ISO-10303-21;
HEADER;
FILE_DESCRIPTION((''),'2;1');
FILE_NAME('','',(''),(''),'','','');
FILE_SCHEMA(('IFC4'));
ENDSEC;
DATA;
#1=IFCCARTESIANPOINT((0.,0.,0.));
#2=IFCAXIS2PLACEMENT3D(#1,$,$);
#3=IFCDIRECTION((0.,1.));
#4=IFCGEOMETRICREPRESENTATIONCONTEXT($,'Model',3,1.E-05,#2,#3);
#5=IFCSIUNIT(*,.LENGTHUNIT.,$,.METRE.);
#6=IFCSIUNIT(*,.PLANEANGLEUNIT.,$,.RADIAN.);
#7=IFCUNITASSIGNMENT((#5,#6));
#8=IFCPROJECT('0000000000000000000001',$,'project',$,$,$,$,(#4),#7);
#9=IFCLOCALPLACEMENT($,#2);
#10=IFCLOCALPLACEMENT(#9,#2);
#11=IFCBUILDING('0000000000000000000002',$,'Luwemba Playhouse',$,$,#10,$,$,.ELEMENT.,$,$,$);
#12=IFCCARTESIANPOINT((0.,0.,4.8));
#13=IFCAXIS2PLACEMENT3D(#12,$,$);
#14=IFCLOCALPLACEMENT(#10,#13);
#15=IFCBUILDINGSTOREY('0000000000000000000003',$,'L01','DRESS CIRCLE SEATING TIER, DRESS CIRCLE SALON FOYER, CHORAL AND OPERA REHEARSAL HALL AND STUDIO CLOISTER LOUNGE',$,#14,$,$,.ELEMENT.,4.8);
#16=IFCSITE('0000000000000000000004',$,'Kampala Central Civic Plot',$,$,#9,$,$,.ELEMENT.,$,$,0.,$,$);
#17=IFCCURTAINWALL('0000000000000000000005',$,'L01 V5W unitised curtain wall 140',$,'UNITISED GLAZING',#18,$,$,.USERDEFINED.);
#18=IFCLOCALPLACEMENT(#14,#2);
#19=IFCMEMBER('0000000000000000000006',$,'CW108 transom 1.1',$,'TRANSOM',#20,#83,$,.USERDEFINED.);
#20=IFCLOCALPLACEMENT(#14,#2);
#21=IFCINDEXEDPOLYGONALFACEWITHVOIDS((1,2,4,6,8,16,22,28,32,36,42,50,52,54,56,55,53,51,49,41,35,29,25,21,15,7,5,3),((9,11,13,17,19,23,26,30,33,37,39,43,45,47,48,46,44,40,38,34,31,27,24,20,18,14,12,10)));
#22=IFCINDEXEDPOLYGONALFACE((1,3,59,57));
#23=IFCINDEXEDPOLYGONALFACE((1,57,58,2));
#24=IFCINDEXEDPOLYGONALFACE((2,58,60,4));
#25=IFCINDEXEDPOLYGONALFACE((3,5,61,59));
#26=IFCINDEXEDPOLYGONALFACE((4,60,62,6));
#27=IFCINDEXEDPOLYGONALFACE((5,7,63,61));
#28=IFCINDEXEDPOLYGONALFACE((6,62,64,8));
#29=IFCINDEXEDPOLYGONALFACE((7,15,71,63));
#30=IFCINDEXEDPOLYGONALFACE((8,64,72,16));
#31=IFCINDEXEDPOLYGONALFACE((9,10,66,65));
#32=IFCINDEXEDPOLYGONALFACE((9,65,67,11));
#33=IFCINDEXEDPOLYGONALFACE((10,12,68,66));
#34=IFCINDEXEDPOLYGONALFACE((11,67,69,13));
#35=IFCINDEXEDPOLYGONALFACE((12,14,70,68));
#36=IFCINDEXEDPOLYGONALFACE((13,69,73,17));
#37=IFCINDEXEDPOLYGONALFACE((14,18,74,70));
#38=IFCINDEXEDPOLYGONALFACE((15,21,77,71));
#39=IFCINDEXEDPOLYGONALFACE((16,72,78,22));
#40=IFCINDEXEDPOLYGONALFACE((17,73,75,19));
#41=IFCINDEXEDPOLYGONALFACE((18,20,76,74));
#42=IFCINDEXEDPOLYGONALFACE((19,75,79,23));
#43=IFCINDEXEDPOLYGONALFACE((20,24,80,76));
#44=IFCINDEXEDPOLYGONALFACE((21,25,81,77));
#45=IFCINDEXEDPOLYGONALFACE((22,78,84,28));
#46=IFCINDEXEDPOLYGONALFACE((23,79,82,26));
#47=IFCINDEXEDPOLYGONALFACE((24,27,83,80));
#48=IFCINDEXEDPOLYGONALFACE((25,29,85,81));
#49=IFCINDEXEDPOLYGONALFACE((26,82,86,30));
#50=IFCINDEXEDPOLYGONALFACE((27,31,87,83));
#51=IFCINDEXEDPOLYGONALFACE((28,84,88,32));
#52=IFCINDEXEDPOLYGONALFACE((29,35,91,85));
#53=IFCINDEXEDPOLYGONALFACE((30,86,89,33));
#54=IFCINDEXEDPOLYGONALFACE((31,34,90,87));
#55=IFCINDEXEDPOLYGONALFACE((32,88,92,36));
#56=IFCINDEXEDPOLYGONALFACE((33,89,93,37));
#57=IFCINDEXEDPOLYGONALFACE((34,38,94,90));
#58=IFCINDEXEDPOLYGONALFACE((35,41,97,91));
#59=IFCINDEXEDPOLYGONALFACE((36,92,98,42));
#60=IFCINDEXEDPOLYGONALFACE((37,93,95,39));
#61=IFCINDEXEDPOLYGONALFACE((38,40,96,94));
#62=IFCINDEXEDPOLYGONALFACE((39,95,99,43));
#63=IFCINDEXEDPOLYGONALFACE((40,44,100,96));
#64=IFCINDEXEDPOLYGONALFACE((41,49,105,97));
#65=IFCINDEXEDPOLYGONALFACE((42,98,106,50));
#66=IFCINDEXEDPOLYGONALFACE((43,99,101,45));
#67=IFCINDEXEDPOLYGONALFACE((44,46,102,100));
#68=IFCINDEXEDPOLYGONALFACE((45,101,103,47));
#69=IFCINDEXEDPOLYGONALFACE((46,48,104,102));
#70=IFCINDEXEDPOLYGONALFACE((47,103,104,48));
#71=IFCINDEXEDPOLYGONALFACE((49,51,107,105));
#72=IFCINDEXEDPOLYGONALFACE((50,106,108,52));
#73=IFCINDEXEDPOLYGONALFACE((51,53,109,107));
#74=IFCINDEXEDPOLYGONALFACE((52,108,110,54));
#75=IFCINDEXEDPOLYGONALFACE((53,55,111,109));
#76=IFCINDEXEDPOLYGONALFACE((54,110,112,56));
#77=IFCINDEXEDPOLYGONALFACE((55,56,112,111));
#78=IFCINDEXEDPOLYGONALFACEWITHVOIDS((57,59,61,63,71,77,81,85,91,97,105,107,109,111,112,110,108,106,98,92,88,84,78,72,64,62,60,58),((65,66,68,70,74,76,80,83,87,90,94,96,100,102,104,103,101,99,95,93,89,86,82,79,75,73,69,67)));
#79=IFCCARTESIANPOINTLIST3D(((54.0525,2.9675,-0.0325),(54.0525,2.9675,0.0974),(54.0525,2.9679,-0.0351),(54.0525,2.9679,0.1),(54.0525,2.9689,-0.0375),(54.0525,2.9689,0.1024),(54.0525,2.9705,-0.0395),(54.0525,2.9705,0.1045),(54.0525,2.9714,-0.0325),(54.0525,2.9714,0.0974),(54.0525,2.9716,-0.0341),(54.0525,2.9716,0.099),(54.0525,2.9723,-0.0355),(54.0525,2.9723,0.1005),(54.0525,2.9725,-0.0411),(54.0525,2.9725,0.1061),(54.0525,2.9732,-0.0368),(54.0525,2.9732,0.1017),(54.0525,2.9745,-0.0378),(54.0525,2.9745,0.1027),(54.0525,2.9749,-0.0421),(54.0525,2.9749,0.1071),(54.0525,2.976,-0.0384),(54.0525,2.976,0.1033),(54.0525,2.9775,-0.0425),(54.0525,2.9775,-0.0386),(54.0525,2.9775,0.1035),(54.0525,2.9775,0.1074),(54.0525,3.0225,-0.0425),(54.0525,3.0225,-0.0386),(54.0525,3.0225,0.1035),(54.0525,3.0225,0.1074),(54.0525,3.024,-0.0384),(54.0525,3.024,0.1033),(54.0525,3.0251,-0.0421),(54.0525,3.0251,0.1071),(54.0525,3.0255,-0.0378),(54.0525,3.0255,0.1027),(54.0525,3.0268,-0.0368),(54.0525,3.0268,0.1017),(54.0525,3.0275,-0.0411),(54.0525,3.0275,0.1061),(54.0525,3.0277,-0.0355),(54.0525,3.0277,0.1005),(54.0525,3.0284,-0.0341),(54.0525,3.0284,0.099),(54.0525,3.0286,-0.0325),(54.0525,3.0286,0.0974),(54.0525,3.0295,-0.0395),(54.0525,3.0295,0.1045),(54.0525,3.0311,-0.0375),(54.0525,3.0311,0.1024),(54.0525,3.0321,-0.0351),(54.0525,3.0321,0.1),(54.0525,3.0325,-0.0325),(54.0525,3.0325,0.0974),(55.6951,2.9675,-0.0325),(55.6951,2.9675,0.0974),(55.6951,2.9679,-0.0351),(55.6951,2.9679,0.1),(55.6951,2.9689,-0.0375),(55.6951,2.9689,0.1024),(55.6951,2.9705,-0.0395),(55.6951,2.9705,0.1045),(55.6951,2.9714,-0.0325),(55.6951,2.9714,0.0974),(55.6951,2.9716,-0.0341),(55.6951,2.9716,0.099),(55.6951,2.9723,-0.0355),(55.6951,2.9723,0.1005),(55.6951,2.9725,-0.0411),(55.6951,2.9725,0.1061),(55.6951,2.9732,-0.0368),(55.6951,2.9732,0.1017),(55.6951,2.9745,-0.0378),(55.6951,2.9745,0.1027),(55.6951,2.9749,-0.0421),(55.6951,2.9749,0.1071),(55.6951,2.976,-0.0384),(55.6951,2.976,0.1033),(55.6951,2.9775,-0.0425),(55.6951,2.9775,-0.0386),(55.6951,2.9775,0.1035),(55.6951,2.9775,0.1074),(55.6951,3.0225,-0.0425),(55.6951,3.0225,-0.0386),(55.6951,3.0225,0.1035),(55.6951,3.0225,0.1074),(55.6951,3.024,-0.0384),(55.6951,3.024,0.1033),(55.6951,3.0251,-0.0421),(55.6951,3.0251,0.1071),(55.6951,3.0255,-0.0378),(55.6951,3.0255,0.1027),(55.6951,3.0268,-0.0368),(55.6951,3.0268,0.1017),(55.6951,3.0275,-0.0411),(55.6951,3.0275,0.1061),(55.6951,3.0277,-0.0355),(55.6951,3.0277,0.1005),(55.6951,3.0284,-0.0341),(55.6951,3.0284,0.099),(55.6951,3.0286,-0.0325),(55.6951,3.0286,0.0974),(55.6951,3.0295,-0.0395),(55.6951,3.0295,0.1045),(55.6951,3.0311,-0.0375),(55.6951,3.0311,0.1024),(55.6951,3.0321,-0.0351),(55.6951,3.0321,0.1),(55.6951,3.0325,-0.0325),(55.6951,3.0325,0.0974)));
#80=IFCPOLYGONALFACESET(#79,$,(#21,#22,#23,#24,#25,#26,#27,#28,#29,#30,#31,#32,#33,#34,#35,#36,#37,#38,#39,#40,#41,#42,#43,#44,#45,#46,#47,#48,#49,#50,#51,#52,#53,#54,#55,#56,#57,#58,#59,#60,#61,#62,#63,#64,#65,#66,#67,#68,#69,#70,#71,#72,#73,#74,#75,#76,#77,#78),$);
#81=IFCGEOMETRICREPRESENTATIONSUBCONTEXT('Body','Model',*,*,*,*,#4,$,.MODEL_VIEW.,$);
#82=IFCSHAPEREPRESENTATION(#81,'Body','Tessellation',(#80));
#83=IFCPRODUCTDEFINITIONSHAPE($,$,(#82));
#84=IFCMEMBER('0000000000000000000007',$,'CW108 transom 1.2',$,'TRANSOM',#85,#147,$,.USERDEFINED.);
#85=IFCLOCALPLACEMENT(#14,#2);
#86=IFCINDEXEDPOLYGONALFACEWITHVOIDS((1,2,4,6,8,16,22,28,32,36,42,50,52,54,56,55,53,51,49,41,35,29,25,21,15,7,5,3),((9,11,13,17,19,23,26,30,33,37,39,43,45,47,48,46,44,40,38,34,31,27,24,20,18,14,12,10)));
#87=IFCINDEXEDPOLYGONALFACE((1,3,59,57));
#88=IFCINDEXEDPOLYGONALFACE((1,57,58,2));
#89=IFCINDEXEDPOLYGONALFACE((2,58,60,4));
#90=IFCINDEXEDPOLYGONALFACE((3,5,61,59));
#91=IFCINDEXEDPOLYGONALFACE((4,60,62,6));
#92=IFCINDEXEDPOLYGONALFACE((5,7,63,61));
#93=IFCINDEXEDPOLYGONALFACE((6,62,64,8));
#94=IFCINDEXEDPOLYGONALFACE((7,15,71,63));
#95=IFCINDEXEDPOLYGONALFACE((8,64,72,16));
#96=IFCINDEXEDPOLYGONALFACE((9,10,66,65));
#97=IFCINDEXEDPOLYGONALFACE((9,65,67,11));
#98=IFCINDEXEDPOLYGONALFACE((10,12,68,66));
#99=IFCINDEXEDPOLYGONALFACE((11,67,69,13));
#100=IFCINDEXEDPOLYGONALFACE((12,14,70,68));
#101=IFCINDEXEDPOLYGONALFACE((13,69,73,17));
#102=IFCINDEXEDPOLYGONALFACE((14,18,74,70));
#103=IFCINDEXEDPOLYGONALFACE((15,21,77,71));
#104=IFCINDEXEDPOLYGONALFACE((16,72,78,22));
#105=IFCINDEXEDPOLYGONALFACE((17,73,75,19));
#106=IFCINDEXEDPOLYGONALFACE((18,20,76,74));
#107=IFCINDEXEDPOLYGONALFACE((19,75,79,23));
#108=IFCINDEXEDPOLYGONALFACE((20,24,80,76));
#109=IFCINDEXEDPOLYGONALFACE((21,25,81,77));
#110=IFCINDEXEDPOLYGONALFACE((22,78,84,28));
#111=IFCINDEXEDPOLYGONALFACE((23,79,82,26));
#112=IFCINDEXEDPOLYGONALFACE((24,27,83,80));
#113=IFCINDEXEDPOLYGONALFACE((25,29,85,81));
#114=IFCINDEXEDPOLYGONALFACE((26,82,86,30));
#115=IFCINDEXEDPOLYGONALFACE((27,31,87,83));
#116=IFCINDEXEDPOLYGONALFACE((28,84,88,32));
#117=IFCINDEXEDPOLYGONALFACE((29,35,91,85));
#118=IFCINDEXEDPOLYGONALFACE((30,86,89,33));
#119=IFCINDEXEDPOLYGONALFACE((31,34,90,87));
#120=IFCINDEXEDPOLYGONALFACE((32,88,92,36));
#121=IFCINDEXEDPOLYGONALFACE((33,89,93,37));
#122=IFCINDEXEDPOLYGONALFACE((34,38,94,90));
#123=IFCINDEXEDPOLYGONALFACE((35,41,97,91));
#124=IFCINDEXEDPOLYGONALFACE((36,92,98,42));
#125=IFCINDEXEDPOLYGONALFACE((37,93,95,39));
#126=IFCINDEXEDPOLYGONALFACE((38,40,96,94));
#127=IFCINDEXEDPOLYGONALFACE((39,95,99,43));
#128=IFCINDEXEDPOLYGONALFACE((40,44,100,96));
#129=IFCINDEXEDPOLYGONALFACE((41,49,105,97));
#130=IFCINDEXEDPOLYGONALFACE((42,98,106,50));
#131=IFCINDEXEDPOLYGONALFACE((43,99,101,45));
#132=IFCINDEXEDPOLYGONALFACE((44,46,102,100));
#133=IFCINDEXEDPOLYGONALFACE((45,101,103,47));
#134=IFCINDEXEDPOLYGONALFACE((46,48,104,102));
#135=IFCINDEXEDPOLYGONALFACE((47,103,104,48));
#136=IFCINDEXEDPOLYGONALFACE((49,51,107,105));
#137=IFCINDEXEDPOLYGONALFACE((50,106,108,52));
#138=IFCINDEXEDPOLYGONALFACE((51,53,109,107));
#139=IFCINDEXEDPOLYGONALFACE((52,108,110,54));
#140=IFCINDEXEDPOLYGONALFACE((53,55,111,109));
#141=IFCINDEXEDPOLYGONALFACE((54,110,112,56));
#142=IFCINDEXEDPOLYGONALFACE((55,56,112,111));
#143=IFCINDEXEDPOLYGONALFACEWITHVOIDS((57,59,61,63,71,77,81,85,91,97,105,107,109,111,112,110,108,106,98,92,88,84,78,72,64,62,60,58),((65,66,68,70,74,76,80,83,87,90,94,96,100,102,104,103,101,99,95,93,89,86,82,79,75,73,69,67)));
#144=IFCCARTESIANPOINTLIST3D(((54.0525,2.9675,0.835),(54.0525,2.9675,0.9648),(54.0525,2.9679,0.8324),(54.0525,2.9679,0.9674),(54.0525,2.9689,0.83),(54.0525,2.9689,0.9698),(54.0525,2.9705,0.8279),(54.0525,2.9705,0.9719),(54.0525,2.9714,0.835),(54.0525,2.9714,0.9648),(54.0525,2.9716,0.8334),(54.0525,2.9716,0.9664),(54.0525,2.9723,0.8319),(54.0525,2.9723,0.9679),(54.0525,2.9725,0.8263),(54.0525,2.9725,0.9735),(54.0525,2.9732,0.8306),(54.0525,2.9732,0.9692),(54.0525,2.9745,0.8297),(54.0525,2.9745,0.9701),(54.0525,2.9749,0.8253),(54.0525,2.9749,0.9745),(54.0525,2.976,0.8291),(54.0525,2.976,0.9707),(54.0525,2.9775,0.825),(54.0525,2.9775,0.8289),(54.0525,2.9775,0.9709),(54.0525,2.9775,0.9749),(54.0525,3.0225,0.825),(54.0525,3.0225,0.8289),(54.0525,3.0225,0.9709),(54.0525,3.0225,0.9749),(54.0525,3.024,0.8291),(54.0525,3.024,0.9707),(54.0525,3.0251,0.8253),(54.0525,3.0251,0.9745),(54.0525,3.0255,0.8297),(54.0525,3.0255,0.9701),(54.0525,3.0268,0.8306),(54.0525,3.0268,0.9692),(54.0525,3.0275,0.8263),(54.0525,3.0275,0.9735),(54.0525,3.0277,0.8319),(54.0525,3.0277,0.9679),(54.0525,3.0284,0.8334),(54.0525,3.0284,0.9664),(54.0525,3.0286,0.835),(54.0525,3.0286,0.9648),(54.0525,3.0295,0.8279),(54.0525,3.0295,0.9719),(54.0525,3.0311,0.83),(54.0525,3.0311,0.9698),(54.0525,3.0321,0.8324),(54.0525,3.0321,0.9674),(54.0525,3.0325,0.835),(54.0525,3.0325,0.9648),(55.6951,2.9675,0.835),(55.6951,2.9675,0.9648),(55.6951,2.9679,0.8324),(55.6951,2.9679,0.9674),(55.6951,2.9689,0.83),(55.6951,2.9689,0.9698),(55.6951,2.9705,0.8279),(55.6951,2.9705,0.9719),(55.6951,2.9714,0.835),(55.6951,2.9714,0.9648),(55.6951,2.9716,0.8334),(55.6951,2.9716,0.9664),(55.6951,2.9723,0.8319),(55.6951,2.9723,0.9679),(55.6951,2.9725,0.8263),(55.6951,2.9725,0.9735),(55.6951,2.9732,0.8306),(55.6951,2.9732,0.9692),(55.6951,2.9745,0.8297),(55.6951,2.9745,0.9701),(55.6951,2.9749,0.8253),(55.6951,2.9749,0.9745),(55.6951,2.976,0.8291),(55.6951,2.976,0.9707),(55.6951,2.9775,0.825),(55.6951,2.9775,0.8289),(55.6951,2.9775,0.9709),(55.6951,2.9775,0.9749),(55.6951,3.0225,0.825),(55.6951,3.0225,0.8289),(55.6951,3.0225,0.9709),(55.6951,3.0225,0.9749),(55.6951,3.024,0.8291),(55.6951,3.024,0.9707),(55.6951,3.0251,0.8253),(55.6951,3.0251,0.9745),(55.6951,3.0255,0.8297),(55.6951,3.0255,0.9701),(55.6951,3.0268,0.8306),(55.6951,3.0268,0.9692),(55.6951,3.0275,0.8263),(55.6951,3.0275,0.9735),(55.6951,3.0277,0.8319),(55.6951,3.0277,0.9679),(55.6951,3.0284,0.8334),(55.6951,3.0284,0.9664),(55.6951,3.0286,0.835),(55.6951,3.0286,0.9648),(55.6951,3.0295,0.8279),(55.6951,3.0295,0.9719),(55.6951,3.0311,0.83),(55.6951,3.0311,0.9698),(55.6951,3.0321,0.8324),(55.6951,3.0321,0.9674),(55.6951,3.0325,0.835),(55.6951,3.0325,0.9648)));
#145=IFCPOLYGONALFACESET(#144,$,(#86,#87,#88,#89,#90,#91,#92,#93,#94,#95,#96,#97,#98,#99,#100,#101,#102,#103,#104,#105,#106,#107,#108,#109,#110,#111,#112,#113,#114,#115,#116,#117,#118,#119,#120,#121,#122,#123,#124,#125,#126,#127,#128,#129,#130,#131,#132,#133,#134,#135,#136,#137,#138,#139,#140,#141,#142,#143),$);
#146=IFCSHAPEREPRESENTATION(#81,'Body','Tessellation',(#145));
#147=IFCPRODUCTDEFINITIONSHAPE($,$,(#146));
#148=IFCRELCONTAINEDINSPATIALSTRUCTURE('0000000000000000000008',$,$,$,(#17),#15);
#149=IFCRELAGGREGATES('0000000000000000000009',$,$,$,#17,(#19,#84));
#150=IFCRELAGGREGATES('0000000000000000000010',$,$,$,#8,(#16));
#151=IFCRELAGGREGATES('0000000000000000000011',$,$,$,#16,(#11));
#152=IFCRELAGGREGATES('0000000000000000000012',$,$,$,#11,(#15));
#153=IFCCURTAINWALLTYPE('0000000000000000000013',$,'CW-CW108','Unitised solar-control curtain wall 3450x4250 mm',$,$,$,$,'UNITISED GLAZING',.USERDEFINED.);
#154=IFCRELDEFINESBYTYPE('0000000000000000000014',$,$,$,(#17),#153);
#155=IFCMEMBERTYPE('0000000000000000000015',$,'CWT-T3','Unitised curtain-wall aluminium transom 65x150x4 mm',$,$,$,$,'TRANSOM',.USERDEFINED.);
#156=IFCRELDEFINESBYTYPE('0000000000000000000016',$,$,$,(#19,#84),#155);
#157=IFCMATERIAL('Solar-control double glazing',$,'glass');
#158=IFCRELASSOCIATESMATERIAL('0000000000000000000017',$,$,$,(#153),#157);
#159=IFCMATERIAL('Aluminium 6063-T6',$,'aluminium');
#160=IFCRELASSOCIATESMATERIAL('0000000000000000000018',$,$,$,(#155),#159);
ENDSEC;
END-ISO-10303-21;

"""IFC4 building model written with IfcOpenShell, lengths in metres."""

from ifc_helpers import new_model, si_unit, direction, frame, origin, origin_2d, place, context, subcontext, project, spatial, hollow_rectangle, extrude, material, material_profile, profile_set, type_object, element, aggregate, save


model = new_model("IFC4")

# Units and contexts
model_context = context("Model", 3, precision=1e-05, world=origin(), true_north=direction((0.0, 1.0)))
body_context = subcontext(model_context, "Body", "Model", "MODEL_VIEW")
ifc_project = project(units=[si_unit("LENGTHUNIT", "METRE"), si_unit("PLANEANGLEUNIT", "RADIAN")], contexts=[model_context])

# Site, building, storey
site_placement = place(None, origin())
site = spatial("IfcSite", under=ifc_project, at=site_placement, Name="Kampala Central Civic Plot", CompositionType="ELEMENT", RefElevation=0.0)
building_placement = place(site_placement, origin())
building = spatial("IfcBuilding", under=site, at=building_placement, Name="Luwemba Playhouse", CompositionType="ELEMENT")
storey_placement = place(building_placement, frame((0.0, 0.0, 4.8)))
storey = spatial("IfcBuildingStorey", under=building, at=storey_placement, Name="L01", Description="DRESS CIRCLE SEATING TIER, DRESS CIRCLE SALON FOYER, CHORAL AND OPERA REHEARSAL HALL AND STUDIO CLOISTER LOUNGE", CompositionType="ELEMENT", Elevation=4.8)

# Shared definitions
ifc_material_1 = material(Name="Solar-control double glazing", Category="glass")
ifc_material_2 = material(Name="Aluminium 6063-T6", Category="aluminium")

# Curtain wall
curtain_wall_type_1 = type_object("IfcCurtainWallType", Name="CW-CW108", Description="Unitised solar-control curtain wall 3450x4250 mm", ElementType="UNITISED GLAZING", PredefinedType="USERDEFINED", material=ifc_material_1)
curtain_wall_1_placement = place(storey_placement, origin())
curtain_wall_1 = element("IfcCurtainWall", 1, at=curtain_wall_1_placement, inside=storey, type_object=curtain_wall_type_1, Name="L01 V5W unitised curtain wall 140", ObjectType="UNITISED GLAZING", PredefinedType="USERDEFINED")

# Members
ifc_material_profile_1 = material_profile(ifc_material_2, hollow_rectangle(XDim=0.0649, YDim=0.1499, WallThickness=0.0039, InnerFilletRadius=0.0061, OuterFilletRadius=0.01, at=origin_2d()))
ifc_profile_set_1 = profile_set([ifc_material_profile_1], Name="Aluminium 6063-T6")
member_type_1 = type_object("IfcMemberType", Name="CWT-T3", Description="Unitised curtain-wall aluminium transom 65x150x4 mm", ElementType="TRANSOM", PredefinedType="USERDEFINED", material=ifc_profile_set_1)
member_1_placement = place(storey_placement, frame((55.6951, 3.0, 0.0325), z_axis=(-1.0, 0.0, 0.0), x_axis=(0.0, -1.0, 0.0)))
member_1 = element("IfcMember", 2, at=member_1_placement, type_object=member_type_1, Name="CW108 transom 1.1", ObjectType="TRANSOM", PredefinedType="USERDEFINED", context=body_context, shape_type="SweptSolid", body=[
    extrude(hollow_rectangle(XDim=0.0649, YDim=0.1499, WallThickness=0.0039, InnerFilletRadius=0.0061, OuterFilletRadius=0.01, at=origin_2d()), origin(), (0.0, 0.0, 1.0), 1.6426),
])
member_2_placement = place(storey_placement, frame((55.6951, 3.0, 0.8999), z_axis=(-1.0, 0.0, 0.0), x_axis=(0.0, -1.0, 0.0)))
member_2 = element("IfcMember", 3, at=member_2_placement, type_object=member_type_1, Name="CW108 transom 1.2", ObjectType="TRANSOM", PredefinedType="USERDEFINED", context=body_context, shape_type="SweptSolid", body=[
    extrude(hollow_rectangle(XDim=0.0649, YDim=0.1499, WallThickness=0.0039, InnerFilletRadius=0.0061, OuterFilletRadius=0.01, at=origin_2d()), origin(), (0.0, 0.0, 1.0), 1.6426),
])

aggregate(curtain_wall_1, [member_1, member_2])

save(model, "model.ifc")
